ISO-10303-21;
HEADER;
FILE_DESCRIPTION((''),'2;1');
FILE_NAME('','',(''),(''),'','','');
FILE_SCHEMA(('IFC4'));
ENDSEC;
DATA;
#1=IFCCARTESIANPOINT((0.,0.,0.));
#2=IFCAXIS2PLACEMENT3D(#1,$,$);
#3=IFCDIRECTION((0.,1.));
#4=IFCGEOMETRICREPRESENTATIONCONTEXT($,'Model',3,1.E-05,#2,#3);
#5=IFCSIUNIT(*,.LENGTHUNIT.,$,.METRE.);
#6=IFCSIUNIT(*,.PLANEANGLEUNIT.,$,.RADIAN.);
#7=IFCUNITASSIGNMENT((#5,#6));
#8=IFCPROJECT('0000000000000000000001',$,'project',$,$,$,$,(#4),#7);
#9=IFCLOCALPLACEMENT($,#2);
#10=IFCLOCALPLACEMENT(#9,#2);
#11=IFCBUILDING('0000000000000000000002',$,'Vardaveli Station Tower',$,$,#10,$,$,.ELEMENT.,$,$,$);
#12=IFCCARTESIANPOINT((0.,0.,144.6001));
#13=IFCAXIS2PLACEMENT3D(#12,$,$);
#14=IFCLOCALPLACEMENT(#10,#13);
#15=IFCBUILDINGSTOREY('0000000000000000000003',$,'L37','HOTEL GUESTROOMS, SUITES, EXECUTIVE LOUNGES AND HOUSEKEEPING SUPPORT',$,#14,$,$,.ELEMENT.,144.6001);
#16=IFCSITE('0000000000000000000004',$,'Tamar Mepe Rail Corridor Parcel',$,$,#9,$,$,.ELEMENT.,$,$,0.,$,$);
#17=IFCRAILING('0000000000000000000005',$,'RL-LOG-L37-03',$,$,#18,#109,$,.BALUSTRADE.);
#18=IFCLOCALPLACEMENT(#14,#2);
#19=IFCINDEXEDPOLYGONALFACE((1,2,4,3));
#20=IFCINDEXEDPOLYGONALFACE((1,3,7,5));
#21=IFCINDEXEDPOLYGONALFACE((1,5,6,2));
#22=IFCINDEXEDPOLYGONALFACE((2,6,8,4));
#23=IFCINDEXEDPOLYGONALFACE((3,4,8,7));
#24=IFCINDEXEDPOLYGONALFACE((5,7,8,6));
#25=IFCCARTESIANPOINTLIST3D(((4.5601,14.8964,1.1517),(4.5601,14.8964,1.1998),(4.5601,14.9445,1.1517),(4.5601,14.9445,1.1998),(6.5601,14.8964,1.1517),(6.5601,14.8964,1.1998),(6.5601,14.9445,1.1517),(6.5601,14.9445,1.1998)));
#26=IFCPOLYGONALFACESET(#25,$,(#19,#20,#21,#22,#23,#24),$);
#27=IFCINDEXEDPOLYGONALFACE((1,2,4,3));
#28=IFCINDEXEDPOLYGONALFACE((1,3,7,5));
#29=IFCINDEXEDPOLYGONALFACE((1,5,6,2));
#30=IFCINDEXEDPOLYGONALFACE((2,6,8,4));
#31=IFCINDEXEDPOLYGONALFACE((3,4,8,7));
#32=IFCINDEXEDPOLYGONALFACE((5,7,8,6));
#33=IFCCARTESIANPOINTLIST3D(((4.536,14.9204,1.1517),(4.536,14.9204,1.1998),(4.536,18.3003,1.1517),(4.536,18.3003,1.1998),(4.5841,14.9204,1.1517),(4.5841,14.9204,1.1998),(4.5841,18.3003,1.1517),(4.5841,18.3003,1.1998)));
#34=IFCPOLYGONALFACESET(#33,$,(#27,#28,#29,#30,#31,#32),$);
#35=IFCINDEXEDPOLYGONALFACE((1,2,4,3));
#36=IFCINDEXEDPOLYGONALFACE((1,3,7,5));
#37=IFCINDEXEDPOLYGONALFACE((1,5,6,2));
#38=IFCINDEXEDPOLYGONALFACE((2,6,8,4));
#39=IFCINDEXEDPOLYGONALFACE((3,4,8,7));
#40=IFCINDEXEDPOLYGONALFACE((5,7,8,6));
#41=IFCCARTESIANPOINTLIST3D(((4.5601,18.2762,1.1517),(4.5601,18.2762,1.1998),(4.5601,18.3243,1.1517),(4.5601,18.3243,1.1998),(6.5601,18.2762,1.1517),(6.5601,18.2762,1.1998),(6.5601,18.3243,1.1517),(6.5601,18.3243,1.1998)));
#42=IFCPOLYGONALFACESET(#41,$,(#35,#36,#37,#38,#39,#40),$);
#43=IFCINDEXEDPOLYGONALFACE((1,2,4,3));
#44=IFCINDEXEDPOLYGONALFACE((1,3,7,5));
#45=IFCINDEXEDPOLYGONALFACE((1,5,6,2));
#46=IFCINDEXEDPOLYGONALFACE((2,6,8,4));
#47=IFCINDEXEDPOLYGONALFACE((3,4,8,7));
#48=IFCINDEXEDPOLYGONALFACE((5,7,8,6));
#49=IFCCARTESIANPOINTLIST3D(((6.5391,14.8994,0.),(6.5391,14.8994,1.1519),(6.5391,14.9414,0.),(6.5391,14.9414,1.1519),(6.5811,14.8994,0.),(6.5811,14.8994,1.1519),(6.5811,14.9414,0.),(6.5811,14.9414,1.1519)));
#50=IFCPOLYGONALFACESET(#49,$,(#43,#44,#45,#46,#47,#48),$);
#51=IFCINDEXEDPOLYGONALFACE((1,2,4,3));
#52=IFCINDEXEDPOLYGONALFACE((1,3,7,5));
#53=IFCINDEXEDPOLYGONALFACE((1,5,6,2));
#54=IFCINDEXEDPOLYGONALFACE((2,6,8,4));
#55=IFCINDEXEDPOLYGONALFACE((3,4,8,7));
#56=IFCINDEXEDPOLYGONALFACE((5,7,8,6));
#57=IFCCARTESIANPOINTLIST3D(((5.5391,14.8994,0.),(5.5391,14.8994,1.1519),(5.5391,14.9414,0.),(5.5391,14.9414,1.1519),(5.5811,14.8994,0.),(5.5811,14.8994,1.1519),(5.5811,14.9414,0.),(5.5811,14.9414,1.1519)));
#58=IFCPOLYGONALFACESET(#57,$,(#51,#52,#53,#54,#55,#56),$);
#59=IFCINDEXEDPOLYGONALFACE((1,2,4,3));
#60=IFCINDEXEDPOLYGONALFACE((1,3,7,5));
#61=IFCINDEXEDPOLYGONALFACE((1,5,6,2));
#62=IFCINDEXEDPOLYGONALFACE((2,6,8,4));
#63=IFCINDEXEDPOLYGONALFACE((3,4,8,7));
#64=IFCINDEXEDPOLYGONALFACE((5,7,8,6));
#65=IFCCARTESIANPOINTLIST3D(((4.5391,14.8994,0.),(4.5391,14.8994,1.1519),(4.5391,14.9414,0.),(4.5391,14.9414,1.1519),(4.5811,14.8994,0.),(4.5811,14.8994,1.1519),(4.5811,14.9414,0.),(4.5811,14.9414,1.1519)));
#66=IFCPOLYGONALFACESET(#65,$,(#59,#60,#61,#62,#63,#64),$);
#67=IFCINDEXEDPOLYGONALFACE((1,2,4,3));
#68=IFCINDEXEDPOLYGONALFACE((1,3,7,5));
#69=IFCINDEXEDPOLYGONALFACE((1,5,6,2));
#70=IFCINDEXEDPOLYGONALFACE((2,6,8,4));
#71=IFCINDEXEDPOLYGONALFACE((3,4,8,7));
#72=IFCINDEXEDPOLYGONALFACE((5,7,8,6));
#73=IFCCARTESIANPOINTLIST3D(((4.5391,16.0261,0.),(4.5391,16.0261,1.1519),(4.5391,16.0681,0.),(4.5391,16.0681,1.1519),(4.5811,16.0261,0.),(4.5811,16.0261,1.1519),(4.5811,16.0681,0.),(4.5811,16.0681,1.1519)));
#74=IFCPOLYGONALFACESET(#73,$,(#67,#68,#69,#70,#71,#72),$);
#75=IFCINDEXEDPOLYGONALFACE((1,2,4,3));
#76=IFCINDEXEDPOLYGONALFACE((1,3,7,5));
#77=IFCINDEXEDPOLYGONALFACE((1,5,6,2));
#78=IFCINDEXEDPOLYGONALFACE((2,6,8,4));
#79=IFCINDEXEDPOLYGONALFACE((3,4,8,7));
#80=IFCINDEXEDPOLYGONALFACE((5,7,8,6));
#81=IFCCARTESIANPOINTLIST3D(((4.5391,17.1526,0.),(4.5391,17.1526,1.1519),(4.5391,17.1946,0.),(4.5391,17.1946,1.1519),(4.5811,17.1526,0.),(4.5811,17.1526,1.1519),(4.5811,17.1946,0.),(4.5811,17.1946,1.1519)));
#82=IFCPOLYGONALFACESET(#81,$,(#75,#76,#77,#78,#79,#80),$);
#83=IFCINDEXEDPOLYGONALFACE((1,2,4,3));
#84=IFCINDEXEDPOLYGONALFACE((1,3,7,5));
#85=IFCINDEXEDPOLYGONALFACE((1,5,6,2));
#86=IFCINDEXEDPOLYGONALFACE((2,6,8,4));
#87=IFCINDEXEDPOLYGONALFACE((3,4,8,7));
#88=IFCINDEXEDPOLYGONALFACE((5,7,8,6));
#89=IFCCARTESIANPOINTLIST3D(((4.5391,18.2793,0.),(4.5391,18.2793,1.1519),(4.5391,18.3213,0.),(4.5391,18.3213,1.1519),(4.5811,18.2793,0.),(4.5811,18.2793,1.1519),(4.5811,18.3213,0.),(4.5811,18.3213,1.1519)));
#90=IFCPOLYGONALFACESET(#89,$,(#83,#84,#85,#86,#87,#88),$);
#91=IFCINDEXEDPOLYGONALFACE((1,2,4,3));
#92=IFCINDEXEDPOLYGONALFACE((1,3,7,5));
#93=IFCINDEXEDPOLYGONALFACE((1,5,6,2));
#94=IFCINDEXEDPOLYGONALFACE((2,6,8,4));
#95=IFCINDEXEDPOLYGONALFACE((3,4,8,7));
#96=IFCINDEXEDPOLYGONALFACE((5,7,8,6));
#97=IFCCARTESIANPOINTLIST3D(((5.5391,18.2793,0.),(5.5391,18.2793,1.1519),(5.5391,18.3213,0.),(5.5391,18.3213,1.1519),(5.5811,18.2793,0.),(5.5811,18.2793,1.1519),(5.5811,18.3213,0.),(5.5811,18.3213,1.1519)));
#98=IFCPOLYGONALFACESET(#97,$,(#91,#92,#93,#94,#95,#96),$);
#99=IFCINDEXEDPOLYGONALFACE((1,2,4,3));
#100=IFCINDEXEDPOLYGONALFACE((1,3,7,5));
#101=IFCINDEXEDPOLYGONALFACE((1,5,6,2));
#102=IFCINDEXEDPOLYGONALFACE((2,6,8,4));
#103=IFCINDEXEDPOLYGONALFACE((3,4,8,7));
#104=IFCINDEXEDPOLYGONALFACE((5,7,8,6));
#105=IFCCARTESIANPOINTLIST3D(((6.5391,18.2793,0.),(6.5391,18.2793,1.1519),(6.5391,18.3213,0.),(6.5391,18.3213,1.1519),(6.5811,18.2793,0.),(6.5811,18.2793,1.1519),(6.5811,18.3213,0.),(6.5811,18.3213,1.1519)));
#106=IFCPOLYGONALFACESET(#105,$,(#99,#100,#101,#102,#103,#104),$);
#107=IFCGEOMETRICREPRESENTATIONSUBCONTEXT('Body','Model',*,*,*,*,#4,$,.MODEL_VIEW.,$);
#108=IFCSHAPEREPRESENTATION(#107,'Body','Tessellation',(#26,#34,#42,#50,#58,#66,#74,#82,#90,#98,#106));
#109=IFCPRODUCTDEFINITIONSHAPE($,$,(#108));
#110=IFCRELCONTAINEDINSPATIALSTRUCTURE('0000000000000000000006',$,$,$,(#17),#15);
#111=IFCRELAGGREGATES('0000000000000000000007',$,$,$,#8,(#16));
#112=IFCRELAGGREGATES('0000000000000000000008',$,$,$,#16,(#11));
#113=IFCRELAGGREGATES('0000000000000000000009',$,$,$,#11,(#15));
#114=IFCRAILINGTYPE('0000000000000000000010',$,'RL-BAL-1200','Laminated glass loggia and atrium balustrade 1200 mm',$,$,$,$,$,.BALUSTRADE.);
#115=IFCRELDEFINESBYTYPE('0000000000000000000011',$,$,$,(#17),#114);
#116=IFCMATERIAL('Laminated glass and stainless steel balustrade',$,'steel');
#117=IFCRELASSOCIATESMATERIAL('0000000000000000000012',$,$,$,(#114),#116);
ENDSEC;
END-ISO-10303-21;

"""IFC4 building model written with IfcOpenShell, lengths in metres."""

from ifc_helpers import new_model, si_unit, direction, frame, origin, origin_2d, place, context, subcontext, project, spatial, rectangle, extrude, source, transform, mapped, material, type_object, element, save


model = new_model("IFC4")

# Units and contexts
model_context = context("Model", 3, precision=1e-05, world=origin(), true_north=direction((0.0, 1.0)))
body_context = subcontext(model_context, "Body", "Model", "MODEL_VIEW")
ifc_project = project(units=[si_unit("LENGTHUNIT", "METRE"), si_unit("PLANEANGLEUNIT", "RADIAN")], contexts=[model_context])

# Site, building, storey
site_placement = place(None, origin())
site = spatial("IfcSite", under=ifc_project, at=site_placement, Name="Tamar Mepe Rail Corridor Parcel", CompositionType="ELEMENT", RefElevation=0.0)
building_placement = place(site_placement, origin())
building = spatial("IfcBuilding", under=site, at=building_placement, Name="Vardaveli Station Tower", CompositionType="ELEMENT")
storey_placement = place(building_placement, frame((0.0, 0.0, 144.6001)))
storey = spatial("IfcBuildingStorey", under=building, at=storey_placement, Name="L37", Description="HOTEL GUESTROOMS, SUITES, EXECUTIVE LOUNGES AND HOUSEKEEPING SUPPORT", CompositionType="ELEMENT", Elevation=144.6001)

# Railing
ifc_material_1 = material(Name="Laminated glass and stainless steel balustrade", Category="steel")
railing_type = type_object("IfcRailingType", Name="RL-BAL-1200", Description="Laminated glass loggia and atrium balustrade 1200 mm", PredefinedType="BALUSTRADE", material=ifc_material_1)
shared_shape_1 = source(origin(), body_context, "Body", "SweptSolid", [
    extrude(rectangle(XDim=0.0481, YDim=0.0481, at=origin_2d()), frame((0.0, 0.0, 1.1758), z_axis=(-1.0, 0.0, 0.0), x_axis=(0.0, -1.0, 0.0)), (0.0, 0.0, 1.0), 2.0),
    extrude(rectangle(XDim=0.0481, YDim=0.0481, at=origin_2d()), frame((-2.0, 0.0, 1.1758), z_axis=(0.0, 1.0, 0.0), x_axis=(-1.0, 0.0, 0.0)), (0.0, 0.0, 1.0), 3.3799),
    extrude(rectangle(XDim=0.0481, YDim=0.0481, at=origin_2d()), frame((-2.0, 3.3799, 1.1758), z_axis=(1.0, 0.0, 0.0), x_axis=(0.0, 1.0, 0.0)), (0.0, 0.0, 1.0), 2.0),
    extrude(rectangle(XDim=0.042, YDim=0.042, at=origin_2d()), origin(), (0.0, 0.0, 1.0), 1.1519),
    extrude(rectangle(XDim=0.042, YDim=0.042, at=origin_2d()), frame((-1.0, 0.0, 0.0)), (0.0, 0.0, 1.0), 1.1519),
    extrude(rectangle(XDim=0.042, YDim=0.042, at=origin_2d()), frame((-2.0, 0.0, 0.0)), (0.0, 0.0, 1.0), 1.1519),
    extrude(rectangle(XDim=0.042, YDim=0.042, at=origin_2d()), frame((-2.0, 1.1267, 0.0)), (0.0, 0.0, 1.0), 1.1519),
    extrude(rectangle(XDim=0.042, YDim=0.042, at=origin_2d()), frame((-2.0, 2.2532, 0.0)), (0.0, 0.0, 1.0), 1.1519),
    extrude(rectangle(XDim=0.042, YDim=0.042, at=origin_2d()), frame((-2.0, 3.3799, 0.0)), (0.0, 0.0, 1.0), 1.1519),
    extrude(rectangle(XDim=0.042, YDim=0.042, at=origin_2d()), frame((-1.0, 3.3799, 0.0)), (0.0, 0.0, 1.0), 1.1519),
    extrude(rectangle(XDim=0.042, YDim=0.042, at=origin_2d()), frame((0.0, 3.3799, 0.0)), (0.0, 0.0, 1.0), 1.1519),
])
railing_placement = place(storey_placement, frame((6.5601, 14.9204, 0.0)))
element("IfcRailing", 1, at=railing_placement, inside=storey, type_object=railing_type, Name="RL-LOG-L37-03", PredefinedType="BALUSTRADE", context=body_context, shape_type="MappedRepresentation", body=[
    mapped(shared_shape_1, transform((0.0, 0.0, 0.0), scale=1.0)),
])

save(model, "model.ifc")
